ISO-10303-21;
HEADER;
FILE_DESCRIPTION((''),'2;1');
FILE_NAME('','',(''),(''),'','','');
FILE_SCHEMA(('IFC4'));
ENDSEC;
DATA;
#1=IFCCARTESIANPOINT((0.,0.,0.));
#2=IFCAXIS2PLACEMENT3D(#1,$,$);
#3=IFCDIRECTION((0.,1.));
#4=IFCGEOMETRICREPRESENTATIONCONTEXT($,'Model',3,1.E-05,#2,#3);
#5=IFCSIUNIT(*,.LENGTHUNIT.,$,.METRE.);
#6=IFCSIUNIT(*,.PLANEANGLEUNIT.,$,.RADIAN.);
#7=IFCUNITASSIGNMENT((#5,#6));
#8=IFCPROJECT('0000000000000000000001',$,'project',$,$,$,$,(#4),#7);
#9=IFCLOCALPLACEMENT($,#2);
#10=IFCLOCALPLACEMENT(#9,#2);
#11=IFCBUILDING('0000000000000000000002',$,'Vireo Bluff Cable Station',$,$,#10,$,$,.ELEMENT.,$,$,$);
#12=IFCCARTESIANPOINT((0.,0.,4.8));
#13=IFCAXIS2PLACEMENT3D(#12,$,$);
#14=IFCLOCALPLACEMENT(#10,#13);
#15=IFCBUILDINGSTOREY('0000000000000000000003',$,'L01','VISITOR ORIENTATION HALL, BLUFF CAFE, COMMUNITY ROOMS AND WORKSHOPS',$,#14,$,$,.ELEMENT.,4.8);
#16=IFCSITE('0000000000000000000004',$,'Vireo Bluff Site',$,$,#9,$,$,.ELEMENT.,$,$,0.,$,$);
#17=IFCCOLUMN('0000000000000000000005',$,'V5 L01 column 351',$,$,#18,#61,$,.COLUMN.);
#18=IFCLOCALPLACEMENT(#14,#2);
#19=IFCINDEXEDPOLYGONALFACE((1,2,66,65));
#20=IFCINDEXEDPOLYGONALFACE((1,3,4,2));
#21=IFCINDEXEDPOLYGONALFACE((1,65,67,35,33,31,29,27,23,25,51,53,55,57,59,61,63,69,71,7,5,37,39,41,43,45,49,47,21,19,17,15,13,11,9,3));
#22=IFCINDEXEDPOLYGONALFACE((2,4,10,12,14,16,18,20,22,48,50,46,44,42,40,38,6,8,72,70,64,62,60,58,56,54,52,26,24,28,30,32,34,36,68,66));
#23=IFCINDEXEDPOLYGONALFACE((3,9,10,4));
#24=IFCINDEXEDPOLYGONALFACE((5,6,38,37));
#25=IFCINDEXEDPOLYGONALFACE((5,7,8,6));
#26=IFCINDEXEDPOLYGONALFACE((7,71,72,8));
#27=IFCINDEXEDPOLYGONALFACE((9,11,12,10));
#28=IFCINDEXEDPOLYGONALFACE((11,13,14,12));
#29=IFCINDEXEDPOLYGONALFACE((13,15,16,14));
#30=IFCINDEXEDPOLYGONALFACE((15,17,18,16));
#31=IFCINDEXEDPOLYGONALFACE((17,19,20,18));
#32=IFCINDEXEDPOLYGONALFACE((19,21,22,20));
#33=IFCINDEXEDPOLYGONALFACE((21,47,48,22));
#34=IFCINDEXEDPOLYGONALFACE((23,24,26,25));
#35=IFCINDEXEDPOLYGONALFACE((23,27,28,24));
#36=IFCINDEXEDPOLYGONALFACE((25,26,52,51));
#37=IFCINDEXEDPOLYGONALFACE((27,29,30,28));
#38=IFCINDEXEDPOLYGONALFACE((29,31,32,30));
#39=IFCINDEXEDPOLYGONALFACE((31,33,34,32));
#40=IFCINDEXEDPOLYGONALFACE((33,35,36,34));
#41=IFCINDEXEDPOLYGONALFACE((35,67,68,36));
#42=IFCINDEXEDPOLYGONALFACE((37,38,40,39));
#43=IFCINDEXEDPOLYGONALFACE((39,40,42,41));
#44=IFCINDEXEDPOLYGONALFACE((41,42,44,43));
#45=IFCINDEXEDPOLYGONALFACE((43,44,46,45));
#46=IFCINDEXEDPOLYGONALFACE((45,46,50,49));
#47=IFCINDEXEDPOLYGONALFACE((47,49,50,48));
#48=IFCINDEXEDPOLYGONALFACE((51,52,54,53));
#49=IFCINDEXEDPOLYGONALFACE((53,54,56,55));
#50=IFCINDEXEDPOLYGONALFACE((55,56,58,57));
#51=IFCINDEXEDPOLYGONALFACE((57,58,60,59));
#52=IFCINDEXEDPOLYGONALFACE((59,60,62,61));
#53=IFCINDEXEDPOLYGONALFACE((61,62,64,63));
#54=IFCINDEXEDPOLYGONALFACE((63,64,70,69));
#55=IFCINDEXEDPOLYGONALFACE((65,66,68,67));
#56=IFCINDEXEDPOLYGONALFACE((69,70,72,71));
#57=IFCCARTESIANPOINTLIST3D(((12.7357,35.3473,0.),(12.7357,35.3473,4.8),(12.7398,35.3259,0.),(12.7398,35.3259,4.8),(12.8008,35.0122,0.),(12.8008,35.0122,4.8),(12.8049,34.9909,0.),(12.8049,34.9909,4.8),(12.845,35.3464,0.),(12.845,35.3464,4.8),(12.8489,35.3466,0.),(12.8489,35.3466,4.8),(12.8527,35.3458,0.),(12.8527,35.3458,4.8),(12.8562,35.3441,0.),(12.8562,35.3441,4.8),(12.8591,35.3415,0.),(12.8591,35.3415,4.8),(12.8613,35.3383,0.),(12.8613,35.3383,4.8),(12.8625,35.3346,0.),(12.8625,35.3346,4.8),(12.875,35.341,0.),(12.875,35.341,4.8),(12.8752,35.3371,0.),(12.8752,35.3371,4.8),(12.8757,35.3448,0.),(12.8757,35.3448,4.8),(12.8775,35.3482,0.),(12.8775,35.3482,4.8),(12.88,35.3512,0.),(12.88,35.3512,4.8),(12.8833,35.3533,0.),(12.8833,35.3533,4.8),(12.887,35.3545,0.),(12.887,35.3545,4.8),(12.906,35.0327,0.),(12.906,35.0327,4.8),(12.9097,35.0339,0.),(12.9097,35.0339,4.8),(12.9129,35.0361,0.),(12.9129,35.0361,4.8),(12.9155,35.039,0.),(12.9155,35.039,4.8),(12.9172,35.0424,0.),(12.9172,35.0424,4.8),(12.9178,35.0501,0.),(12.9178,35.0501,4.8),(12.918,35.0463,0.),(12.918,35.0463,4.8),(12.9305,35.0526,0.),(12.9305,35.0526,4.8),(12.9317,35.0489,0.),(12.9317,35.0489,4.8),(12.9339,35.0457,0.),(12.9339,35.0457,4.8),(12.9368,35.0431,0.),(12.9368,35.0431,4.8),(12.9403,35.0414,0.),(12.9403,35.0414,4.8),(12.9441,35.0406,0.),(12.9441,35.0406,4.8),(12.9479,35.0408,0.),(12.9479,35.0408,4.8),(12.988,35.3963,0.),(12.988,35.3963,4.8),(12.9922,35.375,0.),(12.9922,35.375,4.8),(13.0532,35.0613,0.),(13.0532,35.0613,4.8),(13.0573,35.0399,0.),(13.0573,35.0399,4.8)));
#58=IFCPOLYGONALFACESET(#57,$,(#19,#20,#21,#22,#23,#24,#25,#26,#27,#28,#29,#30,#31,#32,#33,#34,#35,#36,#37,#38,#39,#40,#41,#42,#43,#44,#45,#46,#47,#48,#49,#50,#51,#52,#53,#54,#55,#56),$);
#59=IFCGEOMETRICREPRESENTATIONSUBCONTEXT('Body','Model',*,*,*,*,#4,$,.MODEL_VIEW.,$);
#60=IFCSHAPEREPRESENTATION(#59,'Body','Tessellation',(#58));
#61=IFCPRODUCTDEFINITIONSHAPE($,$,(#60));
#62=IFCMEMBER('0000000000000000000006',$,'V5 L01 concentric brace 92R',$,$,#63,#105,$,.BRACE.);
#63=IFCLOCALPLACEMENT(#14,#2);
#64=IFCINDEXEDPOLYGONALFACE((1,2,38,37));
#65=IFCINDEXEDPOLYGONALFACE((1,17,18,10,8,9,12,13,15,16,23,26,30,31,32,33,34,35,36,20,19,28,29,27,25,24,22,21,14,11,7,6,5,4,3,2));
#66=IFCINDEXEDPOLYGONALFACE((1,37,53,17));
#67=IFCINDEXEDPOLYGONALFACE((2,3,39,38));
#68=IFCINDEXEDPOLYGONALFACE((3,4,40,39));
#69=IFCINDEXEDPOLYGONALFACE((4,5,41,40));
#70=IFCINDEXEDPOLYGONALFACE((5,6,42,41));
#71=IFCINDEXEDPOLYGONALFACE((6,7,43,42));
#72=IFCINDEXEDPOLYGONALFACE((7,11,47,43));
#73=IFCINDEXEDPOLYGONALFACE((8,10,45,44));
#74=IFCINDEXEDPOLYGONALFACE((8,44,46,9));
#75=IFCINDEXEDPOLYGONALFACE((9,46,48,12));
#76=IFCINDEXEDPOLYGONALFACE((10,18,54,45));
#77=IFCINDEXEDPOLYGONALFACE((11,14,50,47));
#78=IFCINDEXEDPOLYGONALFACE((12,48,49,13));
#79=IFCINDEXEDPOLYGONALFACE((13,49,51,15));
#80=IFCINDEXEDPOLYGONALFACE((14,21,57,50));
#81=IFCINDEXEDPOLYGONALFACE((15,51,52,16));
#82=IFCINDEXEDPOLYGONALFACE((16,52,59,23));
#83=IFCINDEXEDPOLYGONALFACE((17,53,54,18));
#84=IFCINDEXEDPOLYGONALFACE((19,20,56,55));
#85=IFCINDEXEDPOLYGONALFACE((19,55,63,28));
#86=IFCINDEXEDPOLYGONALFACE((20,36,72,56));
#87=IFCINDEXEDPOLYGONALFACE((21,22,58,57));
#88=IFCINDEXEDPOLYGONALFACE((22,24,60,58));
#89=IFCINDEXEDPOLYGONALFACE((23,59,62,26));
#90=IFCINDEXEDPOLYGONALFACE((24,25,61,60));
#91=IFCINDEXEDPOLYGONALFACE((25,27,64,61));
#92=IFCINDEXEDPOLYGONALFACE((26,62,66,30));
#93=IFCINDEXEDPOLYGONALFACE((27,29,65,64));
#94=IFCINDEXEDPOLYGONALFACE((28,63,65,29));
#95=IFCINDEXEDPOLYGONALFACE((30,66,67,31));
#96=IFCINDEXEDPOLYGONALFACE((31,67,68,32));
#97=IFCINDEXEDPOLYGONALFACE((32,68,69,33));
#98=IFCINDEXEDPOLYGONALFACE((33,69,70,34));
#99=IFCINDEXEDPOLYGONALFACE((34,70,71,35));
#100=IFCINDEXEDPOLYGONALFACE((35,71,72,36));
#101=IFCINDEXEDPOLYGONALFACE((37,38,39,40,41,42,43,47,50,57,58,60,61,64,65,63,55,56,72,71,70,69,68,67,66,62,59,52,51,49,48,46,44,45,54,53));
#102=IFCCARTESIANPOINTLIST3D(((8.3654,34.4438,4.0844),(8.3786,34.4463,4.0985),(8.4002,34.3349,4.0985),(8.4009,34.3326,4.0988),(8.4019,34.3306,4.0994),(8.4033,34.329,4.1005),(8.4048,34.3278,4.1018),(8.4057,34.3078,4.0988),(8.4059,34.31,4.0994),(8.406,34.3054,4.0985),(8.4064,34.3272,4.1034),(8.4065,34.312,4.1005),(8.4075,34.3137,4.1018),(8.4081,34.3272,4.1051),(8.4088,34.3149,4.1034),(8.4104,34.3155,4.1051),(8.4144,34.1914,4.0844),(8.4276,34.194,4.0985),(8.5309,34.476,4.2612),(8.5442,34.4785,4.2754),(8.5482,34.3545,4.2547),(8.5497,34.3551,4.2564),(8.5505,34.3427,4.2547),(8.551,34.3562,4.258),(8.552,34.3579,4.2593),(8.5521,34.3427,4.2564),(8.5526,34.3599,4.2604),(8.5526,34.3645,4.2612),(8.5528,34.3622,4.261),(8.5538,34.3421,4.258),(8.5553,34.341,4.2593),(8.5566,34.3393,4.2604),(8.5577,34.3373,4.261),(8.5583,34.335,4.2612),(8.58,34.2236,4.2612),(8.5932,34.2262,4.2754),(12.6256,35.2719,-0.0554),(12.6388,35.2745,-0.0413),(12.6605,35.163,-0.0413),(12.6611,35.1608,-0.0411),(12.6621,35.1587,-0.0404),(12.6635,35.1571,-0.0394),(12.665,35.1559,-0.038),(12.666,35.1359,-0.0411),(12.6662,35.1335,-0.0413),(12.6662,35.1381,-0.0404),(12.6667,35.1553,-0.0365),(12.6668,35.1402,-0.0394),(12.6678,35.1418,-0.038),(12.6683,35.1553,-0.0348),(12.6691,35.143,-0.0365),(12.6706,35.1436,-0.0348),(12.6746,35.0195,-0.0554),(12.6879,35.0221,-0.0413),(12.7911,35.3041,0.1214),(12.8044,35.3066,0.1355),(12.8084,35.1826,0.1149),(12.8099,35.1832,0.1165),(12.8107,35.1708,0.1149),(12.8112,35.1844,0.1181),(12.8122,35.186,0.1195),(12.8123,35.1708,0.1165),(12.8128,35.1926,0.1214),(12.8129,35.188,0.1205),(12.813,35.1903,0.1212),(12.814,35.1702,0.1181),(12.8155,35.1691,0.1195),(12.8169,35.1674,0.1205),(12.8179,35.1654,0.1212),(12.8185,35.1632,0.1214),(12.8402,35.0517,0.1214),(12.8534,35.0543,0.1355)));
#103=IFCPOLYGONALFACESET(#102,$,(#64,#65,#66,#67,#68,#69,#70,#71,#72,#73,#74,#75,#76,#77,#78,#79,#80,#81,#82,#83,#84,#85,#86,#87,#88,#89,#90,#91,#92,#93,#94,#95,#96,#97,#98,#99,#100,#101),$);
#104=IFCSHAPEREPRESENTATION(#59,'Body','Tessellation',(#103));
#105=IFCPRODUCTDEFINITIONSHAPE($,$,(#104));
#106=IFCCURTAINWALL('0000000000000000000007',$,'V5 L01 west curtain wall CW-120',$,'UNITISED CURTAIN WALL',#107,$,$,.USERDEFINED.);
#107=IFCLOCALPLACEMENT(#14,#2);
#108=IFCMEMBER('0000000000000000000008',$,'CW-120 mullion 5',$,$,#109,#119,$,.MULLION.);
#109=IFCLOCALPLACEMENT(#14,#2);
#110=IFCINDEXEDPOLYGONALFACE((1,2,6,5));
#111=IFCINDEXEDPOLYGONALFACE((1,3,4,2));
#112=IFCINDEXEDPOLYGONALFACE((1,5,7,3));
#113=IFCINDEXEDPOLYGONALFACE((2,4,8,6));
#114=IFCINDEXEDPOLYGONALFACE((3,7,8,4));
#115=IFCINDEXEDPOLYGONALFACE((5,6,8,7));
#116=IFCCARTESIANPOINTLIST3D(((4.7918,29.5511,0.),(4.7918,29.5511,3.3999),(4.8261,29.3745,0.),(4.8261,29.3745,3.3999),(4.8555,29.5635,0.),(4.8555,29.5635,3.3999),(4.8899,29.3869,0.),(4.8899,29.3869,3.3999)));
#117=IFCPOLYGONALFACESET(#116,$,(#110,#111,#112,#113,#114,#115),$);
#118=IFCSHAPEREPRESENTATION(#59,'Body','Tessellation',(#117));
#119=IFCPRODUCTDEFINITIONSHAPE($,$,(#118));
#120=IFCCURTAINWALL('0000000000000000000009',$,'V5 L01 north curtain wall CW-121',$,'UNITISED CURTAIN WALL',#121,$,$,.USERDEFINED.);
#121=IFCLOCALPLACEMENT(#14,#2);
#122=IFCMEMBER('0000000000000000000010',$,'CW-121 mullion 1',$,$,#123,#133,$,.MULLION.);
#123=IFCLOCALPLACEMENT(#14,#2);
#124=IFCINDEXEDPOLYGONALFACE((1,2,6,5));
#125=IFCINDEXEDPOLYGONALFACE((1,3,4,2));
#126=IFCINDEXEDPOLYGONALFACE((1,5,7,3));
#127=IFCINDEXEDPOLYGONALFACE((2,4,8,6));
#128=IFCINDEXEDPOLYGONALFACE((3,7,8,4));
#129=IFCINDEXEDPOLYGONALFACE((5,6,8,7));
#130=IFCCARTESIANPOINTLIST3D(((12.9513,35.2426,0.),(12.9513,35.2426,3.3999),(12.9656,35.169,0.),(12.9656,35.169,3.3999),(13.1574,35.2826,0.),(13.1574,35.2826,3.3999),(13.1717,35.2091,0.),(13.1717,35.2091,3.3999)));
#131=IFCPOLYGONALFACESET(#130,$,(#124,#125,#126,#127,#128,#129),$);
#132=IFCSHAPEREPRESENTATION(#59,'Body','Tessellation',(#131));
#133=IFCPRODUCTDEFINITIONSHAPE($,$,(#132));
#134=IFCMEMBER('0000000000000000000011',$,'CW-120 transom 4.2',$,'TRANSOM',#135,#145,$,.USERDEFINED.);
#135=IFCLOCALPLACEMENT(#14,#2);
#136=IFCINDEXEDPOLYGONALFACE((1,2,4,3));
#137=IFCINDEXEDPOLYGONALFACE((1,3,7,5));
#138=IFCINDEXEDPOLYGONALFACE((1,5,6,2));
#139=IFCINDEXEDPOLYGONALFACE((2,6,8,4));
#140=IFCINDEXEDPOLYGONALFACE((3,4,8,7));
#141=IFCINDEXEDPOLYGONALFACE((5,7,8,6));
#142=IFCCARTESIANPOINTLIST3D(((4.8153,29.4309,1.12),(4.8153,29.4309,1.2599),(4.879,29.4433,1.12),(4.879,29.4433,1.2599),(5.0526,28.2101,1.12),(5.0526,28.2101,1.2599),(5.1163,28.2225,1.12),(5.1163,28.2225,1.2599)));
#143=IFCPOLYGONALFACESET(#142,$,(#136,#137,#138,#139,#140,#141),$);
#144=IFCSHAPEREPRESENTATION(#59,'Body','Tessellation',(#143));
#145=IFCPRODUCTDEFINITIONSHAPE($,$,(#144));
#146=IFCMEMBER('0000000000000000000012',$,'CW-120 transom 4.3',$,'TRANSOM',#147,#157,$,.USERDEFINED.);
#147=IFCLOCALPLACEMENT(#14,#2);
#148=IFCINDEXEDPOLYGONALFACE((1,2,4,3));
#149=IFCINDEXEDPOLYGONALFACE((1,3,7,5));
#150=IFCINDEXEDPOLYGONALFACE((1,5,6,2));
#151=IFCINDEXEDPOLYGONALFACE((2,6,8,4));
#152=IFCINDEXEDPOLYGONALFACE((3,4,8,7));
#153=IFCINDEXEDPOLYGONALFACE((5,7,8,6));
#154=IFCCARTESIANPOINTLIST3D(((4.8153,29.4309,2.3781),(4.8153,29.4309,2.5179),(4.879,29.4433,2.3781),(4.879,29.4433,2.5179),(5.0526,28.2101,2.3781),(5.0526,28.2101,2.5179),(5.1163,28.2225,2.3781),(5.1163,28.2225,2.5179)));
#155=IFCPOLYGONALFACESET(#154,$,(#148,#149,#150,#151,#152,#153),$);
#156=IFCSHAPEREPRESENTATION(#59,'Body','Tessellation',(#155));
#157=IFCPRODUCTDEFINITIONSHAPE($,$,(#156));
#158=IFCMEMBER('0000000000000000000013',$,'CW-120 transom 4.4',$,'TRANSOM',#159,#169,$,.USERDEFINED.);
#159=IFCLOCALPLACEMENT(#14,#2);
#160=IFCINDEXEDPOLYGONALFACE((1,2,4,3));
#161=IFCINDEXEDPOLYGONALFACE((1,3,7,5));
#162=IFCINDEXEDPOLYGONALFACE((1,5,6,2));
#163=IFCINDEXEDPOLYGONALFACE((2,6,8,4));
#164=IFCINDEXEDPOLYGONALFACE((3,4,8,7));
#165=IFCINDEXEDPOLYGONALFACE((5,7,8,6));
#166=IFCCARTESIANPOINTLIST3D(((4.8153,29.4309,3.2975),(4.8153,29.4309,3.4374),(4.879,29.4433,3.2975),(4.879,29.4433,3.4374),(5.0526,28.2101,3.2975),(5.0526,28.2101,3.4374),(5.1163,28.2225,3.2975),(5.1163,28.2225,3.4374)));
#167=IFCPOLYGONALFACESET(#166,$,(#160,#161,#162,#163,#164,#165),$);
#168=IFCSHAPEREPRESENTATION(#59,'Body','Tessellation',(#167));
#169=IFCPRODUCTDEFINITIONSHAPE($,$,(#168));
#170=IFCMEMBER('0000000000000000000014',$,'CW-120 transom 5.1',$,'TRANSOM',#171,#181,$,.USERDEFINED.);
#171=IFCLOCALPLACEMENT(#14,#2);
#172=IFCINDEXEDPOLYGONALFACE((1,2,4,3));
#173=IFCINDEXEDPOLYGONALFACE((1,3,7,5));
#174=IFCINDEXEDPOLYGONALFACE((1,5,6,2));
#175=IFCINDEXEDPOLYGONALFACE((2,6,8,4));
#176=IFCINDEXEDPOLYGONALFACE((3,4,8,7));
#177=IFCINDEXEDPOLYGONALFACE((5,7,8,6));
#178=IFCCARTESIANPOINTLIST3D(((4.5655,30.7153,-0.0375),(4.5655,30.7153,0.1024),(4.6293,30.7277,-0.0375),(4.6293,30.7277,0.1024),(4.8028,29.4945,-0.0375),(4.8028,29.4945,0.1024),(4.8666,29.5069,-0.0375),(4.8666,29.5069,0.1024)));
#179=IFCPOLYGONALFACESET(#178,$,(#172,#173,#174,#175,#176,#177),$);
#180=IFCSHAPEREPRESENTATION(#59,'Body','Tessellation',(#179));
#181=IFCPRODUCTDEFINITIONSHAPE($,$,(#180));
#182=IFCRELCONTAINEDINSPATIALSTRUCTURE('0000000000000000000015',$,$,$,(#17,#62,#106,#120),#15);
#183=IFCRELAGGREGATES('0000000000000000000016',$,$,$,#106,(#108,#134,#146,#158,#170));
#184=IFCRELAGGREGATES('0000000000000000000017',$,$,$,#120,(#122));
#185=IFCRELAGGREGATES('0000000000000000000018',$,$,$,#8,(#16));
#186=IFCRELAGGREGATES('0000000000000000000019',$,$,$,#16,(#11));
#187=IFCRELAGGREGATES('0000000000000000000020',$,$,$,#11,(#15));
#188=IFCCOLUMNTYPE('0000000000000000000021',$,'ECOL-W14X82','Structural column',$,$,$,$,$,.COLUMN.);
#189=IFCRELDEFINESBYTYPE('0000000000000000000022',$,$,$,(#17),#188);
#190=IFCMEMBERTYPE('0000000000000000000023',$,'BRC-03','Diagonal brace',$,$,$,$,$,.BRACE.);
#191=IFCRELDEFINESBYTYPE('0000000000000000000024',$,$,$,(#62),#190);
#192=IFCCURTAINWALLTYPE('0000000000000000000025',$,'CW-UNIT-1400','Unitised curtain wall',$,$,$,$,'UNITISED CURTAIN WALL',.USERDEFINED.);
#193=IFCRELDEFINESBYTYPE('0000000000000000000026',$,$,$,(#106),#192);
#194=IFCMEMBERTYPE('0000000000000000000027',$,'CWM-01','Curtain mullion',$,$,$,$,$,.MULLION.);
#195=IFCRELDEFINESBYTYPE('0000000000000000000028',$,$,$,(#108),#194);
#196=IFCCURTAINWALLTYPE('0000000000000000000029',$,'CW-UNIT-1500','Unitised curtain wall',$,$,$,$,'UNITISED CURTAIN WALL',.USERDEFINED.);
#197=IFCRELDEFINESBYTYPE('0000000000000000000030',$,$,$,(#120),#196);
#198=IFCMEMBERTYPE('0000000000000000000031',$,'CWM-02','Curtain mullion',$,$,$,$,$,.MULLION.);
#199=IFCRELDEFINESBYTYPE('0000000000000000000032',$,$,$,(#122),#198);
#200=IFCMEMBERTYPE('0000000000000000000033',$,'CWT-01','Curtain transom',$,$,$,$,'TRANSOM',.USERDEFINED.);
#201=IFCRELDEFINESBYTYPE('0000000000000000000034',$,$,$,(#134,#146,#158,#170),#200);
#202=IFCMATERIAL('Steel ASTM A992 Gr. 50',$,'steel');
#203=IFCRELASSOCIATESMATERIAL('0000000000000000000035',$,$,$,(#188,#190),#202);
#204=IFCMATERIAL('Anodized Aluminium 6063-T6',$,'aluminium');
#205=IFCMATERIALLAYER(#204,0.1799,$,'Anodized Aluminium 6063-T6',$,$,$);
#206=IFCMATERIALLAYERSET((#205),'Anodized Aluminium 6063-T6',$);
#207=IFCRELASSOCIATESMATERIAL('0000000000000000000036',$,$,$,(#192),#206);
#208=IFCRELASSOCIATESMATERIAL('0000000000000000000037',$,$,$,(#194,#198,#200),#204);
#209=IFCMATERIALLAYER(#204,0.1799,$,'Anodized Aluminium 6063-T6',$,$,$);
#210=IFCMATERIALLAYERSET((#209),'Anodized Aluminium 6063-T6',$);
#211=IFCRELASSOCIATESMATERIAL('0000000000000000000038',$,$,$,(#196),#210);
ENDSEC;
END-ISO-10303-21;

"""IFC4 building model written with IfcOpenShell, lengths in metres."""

from ifc_helpers import new_model, si_unit, direction, frame, origin, origin_2d, place, context, subcontext, project, spatial, rectangle, i_section, extrude, material, layer, layer_set, material_profile, profile_set, type_object, element, aggregate, save


model = new_model("IFC4")

# Units and contexts
model_context = context("Model", 3, precision=1e-05, world=origin(), true_north=direction((0.0, 1.0)))
body_context = subcontext(model_context, "Body", "Model", "MODEL_VIEW")
ifc_project = project(units=[si_unit("LENGTHUNIT", "METRE"), si_unit("PLANEANGLEUNIT", "RADIAN")], contexts=[model_context])

# Site, building, storey
site_placement = place(None, origin())
site = spatial("IfcSite", under=ifc_project, at=site_placement, Name="Vireo Bluff Site", CompositionType="ELEMENT", RefElevation=0.0)
building_placement = place(site_placement, origin())
building = spatial("IfcBuilding", under=site, at=building_placement, Name="Vireo Bluff Cable Station", CompositionType="ELEMENT")
storey_placement = place(building_placement, frame((0.0, 0.0, 4.8)))
storey = spatial("IfcBuildingStorey", under=building, at=storey_placement, Name="L01", Description="VISITOR ORIENTATION HALL, BLUFF CAFE, COMMUNITY ROOMS AND WORKSHOPS", CompositionType="ELEMENT", Elevation=4.8)

# Column
ifc_material_1 = material(Name="Steel ASTM A992 Gr. 50", Category="steel")
ifc_material_profile_1 = material_profile(ifc_material_1, i_section(OverallWidth=0.2571, OverallDepth=0.363, WebThickness=0.0129, FlangeThickness=0.0217, FilletRadius=0.0149, at=origin_2d()), Name="W14X82")
ifc_profile_set_1 = profile_set([ifc_material_profile_1], Name="Steel ASTM A992 Gr. 50")
column_type = type_object("IfcColumnType", Name="ECOL-W14X82", Description="Structural column", PredefinedType="COLUMN", material=ifc_profile_set_1)
column_placement = place(storey_placement, frame((12.8965, 35.1936, 0.0), z_axis=(0.0, 0.0, 1.0), x_axis=(0.981627, 0.190809, 0.0)))
element("IfcColumn", 1, at=column_placement, inside=storey, type_object=column_type, Name="V5 L01 column 351", PredefinedType="COLUMN", context=body_context, shape_type="SweptSolid", body=[
    extrude(i_section(OverallWidth=0.2571, OverallDepth=0.363, WebThickness=0.0129, FlangeThickness=0.0217, FilletRadius=0.0149, at=origin_2d()), origin(), (0.0, 0.0, 1.0), 4.8),
])

# Member
ifc_material_profile_2 = material_profile(ifc_material_1, i_section(OverallWidth=0.2571, OverallDepth=0.2639, WebThickness=0.012, FlangeThickness=0.0195, FilletRadius=0.009, at=origin_2d()), Name="W10X68")
ifc_profile_set_2 = profile_set([ifc_material_profile_2], Name="Steel ASTM A992 Gr. 50")
member_type_1 = type_object("IfcMemberType", Name="BRC-03", Description="Diagonal brace", PredefinedType="BRACE", material=ifc_profile_set_2)
member_1_placement = place(storey_placement, frame((12.7395, 35.1631, 0.04), z_axis=(-0.710296, -0.13807, 0.690229), x_axis=(0.190812, -0.981627, 0.0)))
element("IfcMember", 2, at=member_1_placement, inside=storey, type_object=member_type_1, Name="V5 L01 concentric brace 92R", PredefinedType="BRACE", context=body_context, shape_type="SweptSolid", body=[
    extrude(i_section(OverallWidth=0.2571, OverallDepth=0.2639, WebThickness=0.012, FlangeThickness=0.0195, FilletRadius=0.009, at=origin_2d()), origin(), (0.0, 0.0, 1.0), 5.9978),
])

# Curtain walls, members
ifc_material_2 = material(Name="Anodized Aluminium 6063-T6", Category="aluminium")
ifc_layer_1 = layer(ifc_material_2, 0.1799, Name="Anodized Aluminium 6063-T6")
ifc_layer_set_1 = layer_set([ifc_layer_1], Name="Anodized Aluminium 6063-T6")
curtain_wall_type_1 = type_object("IfcCurtainWallType", Name="CW-UNIT-1400", Description="Unitised curtain wall", ElementType="UNITISED CURTAIN WALL", PredefinedType="USERDEFINED", material=ifc_layer_set_1)
curtain_wall_1_placement = place(storey_placement, origin())
curtain_wall_1 = element("IfcCurtainWall", 3, at=curtain_wall_1_placement, inside=storey, type_object=curtain_wall_type_1, Name="V5 L01 west curtain wall CW-120", ObjectType="UNITISED CURTAIN WALL", PredefinedType="USERDEFINED")
ifc_material_profile_3 = material_profile(ifc_material_2, rectangle(XDim=0.0649, YDim=0.1799, at=origin_2d()), Name="ALU-M-65X180")
ifc_profile_set_3 = profile_set([ifc_material_profile_3], Name="Anodized Aluminium 6063-T6")
member_type_2 = type_object("IfcMemberType", Name="CWM-01", Description="Curtain mullion", PredefinedType="MULLION", material=ifc_profile_set_3)
member_2_placement = place(storey_placement, frame((4.8408, 29.469, 0.0), z_axis=(0.0, 0.0, 1.0), x_axis=(-0.981627, -0.190809, 0.0)))
member_2 = element("IfcMember", 4, at=member_2_placement, type_object=member_type_2, Name="CW-120 mullion 5", PredefinedType="MULLION", context=body_context, shape_type="SweptSolid", body=[
    extrude(rectangle(XDim=0.0649, YDim=0.1799, at=origin_2d()), origin(), (0.0, 0.0, 1.0), 3.3999),
])
ifc_layer_2 = layer(ifc_material_2, 0.1799, Name="Anodized Aluminium 6063-T6")
ifc_layer_set_2 = layer_set([ifc_layer_2], Name="Anodized Aluminium 6063-T6")
curtain_wall_type_2 = type_object("IfcCurtainWallType", Name="CW-UNIT-1500", Description="Unitised curtain wall", ElementType="UNITISED CURTAIN WALL", PredefinedType="USERDEFINED", material=ifc_layer_set_2)
curtain_wall_2_placement = place(storey_placement, origin())
curtain_wall_2 = element("IfcCurtainWall", 5, at=curtain_wall_2_placement, inside=storey, type_object=curtain_wall_type_2, Name="V5 L01 north curtain wall CW-121", ObjectType="UNITISED CURTAIN WALL", PredefinedType="USERDEFINED")
ifc_material_profile_4 = material_profile(ifc_material_2, rectangle(XDim=0.075, YDim=0.21, at=origin_2d()), Name="ALU-M-75X210")
ifc_profile_set_4 = profile_set([ifc_material_profile_4], Name="Anodized Aluminium 6063-T6")
member_type_3 = type_object("IfcMemberType", Name="CWM-02", Description="Curtain mullion", PredefinedType="MULLION", material=ifc_profile_set_4)
member_3_placement = place(storey_placement, frame((13.0615, 35.2258, 0.0), z_axis=(0.0, 0.0, 1.0), x_axis=(-0.190809, 0.981627, 0.0)))
member_3 = element("IfcMember", 6, at=member_3_placement, type_object=member_type_3, Name="CW-121 mullion 1", PredefinedType="MULLION", context=body_context, shape_type="SweptSolid", body=[
    extrude(rectangle(XDim=0.075, YDim=0.21, at=origin_2d()), origin(), (0.0, 0.0, 1.0), 3.3999),
])

# Members
ifc_material_profile_5 = material_profile(ifc_material_2, rectangle(XDim=0.0649, YDim=0.1399, at=origin_2d()), Name="ALU-T-65X140")
ifc_profile_set_5 = profile_set([ifc_material_profile_5], Name="Anodized Aluminium 6063-T6")
member_type_4 = type_object("IfcMemberType", Name="CWT-01", Description="Curtain transom", ElementType="TRANSOM", PredefinedType="USERDEFINED", material=ifc_profile_set_5)
member_4_placement = place(storey_placement, frame((5.0845, 28.2163, 1.1899), z_axis=(-0.190828, 0.981624, 0.0), x_axis=(-0.981624, -0.190828, 0.0)))
member_4 = element("IfcMember", 7, at=member_4_placement, type_object=member_type_4, Name="CW-120 transom 4.2", ObjectType="TRANSOM", PredefinedType="USERDEFINED", context=body_context, shape_type="SweptSolid", body=[
    extrude(rectangle(XDim=0.0649, YDim=0.1399, at=origin_2d()), origin(), (0.0, 0.0, 1.0), 1.2437),
])
member_5_placement = place(storey_placement, frame((5.0845, 28.2163, 2.448), z_axis=(-0.190828, 0.981624, 0.0), x_axis=(-0.981624, -0.190828, 0.0)))
member_5 = element("IfcMember", 8, at=member_5_placement, type_object=member_type_4, Name="CW-120 transom 4.3", ObjectType="TRANSOM", PredefinedType="USERDEFINED", context=body_context, shape_type="SweptSolid", body=[
    extrude(rectangle(XDim=0.0649, YDim=0.1399, at=origin_2d()), origin(), (0.0, 0.0, 1.0), 1.2437),
])
member_6_placement = place(storey_placement, frame((5.0845, 28.2163, 3.3674), z_axis=(-0.190828, 0.981624, 0.0), x_axis=(-0.981624, -0.190828, 0.0)))
member_6 = element("IfcMember", 9, at=member_6_placement, type_object=member_type_4, Name="CW-120 transom 4.4", ObjectType="TRANSOM", PredefinedType="USERDEFINED", context=body_context, shape_type="SweptSolid", body=[
    extrude(rectangle(XDim=0.0649, YDim=0.1399, at=origin_2d()), origin(), (0.0, 0.0, 1.0), 1.2437),
])
member_7_placement = place(storey_placement, frame((4.8347, 29.5007, 0.0325), z_axis=(-0.190828, 0.981624, 0.0), x_axis=(-0.981624, -0.190828, 0.0)))
member_7 = element("IfcMember", 10, at=member_7_placement, type_object=member_type_4, Name="CW-120 transom 5.1", ObjectType="TRANSOM", PredefinedType="USERDEFINED", context=body_context, shape_type="SweptSolid", body=[
    extrude(rectangle(XDim=0.0649, YDim=0.1399, at=origin_2d()), origin(), (0.0, 0.0, 1.0), 1.2437),
])

aggregate(curtain_wall_1, [member_2, member_4, member_5, member_6, member_7])
aggregate(curtain_wall_2, [member_3])

save(model, "model.ifc")
